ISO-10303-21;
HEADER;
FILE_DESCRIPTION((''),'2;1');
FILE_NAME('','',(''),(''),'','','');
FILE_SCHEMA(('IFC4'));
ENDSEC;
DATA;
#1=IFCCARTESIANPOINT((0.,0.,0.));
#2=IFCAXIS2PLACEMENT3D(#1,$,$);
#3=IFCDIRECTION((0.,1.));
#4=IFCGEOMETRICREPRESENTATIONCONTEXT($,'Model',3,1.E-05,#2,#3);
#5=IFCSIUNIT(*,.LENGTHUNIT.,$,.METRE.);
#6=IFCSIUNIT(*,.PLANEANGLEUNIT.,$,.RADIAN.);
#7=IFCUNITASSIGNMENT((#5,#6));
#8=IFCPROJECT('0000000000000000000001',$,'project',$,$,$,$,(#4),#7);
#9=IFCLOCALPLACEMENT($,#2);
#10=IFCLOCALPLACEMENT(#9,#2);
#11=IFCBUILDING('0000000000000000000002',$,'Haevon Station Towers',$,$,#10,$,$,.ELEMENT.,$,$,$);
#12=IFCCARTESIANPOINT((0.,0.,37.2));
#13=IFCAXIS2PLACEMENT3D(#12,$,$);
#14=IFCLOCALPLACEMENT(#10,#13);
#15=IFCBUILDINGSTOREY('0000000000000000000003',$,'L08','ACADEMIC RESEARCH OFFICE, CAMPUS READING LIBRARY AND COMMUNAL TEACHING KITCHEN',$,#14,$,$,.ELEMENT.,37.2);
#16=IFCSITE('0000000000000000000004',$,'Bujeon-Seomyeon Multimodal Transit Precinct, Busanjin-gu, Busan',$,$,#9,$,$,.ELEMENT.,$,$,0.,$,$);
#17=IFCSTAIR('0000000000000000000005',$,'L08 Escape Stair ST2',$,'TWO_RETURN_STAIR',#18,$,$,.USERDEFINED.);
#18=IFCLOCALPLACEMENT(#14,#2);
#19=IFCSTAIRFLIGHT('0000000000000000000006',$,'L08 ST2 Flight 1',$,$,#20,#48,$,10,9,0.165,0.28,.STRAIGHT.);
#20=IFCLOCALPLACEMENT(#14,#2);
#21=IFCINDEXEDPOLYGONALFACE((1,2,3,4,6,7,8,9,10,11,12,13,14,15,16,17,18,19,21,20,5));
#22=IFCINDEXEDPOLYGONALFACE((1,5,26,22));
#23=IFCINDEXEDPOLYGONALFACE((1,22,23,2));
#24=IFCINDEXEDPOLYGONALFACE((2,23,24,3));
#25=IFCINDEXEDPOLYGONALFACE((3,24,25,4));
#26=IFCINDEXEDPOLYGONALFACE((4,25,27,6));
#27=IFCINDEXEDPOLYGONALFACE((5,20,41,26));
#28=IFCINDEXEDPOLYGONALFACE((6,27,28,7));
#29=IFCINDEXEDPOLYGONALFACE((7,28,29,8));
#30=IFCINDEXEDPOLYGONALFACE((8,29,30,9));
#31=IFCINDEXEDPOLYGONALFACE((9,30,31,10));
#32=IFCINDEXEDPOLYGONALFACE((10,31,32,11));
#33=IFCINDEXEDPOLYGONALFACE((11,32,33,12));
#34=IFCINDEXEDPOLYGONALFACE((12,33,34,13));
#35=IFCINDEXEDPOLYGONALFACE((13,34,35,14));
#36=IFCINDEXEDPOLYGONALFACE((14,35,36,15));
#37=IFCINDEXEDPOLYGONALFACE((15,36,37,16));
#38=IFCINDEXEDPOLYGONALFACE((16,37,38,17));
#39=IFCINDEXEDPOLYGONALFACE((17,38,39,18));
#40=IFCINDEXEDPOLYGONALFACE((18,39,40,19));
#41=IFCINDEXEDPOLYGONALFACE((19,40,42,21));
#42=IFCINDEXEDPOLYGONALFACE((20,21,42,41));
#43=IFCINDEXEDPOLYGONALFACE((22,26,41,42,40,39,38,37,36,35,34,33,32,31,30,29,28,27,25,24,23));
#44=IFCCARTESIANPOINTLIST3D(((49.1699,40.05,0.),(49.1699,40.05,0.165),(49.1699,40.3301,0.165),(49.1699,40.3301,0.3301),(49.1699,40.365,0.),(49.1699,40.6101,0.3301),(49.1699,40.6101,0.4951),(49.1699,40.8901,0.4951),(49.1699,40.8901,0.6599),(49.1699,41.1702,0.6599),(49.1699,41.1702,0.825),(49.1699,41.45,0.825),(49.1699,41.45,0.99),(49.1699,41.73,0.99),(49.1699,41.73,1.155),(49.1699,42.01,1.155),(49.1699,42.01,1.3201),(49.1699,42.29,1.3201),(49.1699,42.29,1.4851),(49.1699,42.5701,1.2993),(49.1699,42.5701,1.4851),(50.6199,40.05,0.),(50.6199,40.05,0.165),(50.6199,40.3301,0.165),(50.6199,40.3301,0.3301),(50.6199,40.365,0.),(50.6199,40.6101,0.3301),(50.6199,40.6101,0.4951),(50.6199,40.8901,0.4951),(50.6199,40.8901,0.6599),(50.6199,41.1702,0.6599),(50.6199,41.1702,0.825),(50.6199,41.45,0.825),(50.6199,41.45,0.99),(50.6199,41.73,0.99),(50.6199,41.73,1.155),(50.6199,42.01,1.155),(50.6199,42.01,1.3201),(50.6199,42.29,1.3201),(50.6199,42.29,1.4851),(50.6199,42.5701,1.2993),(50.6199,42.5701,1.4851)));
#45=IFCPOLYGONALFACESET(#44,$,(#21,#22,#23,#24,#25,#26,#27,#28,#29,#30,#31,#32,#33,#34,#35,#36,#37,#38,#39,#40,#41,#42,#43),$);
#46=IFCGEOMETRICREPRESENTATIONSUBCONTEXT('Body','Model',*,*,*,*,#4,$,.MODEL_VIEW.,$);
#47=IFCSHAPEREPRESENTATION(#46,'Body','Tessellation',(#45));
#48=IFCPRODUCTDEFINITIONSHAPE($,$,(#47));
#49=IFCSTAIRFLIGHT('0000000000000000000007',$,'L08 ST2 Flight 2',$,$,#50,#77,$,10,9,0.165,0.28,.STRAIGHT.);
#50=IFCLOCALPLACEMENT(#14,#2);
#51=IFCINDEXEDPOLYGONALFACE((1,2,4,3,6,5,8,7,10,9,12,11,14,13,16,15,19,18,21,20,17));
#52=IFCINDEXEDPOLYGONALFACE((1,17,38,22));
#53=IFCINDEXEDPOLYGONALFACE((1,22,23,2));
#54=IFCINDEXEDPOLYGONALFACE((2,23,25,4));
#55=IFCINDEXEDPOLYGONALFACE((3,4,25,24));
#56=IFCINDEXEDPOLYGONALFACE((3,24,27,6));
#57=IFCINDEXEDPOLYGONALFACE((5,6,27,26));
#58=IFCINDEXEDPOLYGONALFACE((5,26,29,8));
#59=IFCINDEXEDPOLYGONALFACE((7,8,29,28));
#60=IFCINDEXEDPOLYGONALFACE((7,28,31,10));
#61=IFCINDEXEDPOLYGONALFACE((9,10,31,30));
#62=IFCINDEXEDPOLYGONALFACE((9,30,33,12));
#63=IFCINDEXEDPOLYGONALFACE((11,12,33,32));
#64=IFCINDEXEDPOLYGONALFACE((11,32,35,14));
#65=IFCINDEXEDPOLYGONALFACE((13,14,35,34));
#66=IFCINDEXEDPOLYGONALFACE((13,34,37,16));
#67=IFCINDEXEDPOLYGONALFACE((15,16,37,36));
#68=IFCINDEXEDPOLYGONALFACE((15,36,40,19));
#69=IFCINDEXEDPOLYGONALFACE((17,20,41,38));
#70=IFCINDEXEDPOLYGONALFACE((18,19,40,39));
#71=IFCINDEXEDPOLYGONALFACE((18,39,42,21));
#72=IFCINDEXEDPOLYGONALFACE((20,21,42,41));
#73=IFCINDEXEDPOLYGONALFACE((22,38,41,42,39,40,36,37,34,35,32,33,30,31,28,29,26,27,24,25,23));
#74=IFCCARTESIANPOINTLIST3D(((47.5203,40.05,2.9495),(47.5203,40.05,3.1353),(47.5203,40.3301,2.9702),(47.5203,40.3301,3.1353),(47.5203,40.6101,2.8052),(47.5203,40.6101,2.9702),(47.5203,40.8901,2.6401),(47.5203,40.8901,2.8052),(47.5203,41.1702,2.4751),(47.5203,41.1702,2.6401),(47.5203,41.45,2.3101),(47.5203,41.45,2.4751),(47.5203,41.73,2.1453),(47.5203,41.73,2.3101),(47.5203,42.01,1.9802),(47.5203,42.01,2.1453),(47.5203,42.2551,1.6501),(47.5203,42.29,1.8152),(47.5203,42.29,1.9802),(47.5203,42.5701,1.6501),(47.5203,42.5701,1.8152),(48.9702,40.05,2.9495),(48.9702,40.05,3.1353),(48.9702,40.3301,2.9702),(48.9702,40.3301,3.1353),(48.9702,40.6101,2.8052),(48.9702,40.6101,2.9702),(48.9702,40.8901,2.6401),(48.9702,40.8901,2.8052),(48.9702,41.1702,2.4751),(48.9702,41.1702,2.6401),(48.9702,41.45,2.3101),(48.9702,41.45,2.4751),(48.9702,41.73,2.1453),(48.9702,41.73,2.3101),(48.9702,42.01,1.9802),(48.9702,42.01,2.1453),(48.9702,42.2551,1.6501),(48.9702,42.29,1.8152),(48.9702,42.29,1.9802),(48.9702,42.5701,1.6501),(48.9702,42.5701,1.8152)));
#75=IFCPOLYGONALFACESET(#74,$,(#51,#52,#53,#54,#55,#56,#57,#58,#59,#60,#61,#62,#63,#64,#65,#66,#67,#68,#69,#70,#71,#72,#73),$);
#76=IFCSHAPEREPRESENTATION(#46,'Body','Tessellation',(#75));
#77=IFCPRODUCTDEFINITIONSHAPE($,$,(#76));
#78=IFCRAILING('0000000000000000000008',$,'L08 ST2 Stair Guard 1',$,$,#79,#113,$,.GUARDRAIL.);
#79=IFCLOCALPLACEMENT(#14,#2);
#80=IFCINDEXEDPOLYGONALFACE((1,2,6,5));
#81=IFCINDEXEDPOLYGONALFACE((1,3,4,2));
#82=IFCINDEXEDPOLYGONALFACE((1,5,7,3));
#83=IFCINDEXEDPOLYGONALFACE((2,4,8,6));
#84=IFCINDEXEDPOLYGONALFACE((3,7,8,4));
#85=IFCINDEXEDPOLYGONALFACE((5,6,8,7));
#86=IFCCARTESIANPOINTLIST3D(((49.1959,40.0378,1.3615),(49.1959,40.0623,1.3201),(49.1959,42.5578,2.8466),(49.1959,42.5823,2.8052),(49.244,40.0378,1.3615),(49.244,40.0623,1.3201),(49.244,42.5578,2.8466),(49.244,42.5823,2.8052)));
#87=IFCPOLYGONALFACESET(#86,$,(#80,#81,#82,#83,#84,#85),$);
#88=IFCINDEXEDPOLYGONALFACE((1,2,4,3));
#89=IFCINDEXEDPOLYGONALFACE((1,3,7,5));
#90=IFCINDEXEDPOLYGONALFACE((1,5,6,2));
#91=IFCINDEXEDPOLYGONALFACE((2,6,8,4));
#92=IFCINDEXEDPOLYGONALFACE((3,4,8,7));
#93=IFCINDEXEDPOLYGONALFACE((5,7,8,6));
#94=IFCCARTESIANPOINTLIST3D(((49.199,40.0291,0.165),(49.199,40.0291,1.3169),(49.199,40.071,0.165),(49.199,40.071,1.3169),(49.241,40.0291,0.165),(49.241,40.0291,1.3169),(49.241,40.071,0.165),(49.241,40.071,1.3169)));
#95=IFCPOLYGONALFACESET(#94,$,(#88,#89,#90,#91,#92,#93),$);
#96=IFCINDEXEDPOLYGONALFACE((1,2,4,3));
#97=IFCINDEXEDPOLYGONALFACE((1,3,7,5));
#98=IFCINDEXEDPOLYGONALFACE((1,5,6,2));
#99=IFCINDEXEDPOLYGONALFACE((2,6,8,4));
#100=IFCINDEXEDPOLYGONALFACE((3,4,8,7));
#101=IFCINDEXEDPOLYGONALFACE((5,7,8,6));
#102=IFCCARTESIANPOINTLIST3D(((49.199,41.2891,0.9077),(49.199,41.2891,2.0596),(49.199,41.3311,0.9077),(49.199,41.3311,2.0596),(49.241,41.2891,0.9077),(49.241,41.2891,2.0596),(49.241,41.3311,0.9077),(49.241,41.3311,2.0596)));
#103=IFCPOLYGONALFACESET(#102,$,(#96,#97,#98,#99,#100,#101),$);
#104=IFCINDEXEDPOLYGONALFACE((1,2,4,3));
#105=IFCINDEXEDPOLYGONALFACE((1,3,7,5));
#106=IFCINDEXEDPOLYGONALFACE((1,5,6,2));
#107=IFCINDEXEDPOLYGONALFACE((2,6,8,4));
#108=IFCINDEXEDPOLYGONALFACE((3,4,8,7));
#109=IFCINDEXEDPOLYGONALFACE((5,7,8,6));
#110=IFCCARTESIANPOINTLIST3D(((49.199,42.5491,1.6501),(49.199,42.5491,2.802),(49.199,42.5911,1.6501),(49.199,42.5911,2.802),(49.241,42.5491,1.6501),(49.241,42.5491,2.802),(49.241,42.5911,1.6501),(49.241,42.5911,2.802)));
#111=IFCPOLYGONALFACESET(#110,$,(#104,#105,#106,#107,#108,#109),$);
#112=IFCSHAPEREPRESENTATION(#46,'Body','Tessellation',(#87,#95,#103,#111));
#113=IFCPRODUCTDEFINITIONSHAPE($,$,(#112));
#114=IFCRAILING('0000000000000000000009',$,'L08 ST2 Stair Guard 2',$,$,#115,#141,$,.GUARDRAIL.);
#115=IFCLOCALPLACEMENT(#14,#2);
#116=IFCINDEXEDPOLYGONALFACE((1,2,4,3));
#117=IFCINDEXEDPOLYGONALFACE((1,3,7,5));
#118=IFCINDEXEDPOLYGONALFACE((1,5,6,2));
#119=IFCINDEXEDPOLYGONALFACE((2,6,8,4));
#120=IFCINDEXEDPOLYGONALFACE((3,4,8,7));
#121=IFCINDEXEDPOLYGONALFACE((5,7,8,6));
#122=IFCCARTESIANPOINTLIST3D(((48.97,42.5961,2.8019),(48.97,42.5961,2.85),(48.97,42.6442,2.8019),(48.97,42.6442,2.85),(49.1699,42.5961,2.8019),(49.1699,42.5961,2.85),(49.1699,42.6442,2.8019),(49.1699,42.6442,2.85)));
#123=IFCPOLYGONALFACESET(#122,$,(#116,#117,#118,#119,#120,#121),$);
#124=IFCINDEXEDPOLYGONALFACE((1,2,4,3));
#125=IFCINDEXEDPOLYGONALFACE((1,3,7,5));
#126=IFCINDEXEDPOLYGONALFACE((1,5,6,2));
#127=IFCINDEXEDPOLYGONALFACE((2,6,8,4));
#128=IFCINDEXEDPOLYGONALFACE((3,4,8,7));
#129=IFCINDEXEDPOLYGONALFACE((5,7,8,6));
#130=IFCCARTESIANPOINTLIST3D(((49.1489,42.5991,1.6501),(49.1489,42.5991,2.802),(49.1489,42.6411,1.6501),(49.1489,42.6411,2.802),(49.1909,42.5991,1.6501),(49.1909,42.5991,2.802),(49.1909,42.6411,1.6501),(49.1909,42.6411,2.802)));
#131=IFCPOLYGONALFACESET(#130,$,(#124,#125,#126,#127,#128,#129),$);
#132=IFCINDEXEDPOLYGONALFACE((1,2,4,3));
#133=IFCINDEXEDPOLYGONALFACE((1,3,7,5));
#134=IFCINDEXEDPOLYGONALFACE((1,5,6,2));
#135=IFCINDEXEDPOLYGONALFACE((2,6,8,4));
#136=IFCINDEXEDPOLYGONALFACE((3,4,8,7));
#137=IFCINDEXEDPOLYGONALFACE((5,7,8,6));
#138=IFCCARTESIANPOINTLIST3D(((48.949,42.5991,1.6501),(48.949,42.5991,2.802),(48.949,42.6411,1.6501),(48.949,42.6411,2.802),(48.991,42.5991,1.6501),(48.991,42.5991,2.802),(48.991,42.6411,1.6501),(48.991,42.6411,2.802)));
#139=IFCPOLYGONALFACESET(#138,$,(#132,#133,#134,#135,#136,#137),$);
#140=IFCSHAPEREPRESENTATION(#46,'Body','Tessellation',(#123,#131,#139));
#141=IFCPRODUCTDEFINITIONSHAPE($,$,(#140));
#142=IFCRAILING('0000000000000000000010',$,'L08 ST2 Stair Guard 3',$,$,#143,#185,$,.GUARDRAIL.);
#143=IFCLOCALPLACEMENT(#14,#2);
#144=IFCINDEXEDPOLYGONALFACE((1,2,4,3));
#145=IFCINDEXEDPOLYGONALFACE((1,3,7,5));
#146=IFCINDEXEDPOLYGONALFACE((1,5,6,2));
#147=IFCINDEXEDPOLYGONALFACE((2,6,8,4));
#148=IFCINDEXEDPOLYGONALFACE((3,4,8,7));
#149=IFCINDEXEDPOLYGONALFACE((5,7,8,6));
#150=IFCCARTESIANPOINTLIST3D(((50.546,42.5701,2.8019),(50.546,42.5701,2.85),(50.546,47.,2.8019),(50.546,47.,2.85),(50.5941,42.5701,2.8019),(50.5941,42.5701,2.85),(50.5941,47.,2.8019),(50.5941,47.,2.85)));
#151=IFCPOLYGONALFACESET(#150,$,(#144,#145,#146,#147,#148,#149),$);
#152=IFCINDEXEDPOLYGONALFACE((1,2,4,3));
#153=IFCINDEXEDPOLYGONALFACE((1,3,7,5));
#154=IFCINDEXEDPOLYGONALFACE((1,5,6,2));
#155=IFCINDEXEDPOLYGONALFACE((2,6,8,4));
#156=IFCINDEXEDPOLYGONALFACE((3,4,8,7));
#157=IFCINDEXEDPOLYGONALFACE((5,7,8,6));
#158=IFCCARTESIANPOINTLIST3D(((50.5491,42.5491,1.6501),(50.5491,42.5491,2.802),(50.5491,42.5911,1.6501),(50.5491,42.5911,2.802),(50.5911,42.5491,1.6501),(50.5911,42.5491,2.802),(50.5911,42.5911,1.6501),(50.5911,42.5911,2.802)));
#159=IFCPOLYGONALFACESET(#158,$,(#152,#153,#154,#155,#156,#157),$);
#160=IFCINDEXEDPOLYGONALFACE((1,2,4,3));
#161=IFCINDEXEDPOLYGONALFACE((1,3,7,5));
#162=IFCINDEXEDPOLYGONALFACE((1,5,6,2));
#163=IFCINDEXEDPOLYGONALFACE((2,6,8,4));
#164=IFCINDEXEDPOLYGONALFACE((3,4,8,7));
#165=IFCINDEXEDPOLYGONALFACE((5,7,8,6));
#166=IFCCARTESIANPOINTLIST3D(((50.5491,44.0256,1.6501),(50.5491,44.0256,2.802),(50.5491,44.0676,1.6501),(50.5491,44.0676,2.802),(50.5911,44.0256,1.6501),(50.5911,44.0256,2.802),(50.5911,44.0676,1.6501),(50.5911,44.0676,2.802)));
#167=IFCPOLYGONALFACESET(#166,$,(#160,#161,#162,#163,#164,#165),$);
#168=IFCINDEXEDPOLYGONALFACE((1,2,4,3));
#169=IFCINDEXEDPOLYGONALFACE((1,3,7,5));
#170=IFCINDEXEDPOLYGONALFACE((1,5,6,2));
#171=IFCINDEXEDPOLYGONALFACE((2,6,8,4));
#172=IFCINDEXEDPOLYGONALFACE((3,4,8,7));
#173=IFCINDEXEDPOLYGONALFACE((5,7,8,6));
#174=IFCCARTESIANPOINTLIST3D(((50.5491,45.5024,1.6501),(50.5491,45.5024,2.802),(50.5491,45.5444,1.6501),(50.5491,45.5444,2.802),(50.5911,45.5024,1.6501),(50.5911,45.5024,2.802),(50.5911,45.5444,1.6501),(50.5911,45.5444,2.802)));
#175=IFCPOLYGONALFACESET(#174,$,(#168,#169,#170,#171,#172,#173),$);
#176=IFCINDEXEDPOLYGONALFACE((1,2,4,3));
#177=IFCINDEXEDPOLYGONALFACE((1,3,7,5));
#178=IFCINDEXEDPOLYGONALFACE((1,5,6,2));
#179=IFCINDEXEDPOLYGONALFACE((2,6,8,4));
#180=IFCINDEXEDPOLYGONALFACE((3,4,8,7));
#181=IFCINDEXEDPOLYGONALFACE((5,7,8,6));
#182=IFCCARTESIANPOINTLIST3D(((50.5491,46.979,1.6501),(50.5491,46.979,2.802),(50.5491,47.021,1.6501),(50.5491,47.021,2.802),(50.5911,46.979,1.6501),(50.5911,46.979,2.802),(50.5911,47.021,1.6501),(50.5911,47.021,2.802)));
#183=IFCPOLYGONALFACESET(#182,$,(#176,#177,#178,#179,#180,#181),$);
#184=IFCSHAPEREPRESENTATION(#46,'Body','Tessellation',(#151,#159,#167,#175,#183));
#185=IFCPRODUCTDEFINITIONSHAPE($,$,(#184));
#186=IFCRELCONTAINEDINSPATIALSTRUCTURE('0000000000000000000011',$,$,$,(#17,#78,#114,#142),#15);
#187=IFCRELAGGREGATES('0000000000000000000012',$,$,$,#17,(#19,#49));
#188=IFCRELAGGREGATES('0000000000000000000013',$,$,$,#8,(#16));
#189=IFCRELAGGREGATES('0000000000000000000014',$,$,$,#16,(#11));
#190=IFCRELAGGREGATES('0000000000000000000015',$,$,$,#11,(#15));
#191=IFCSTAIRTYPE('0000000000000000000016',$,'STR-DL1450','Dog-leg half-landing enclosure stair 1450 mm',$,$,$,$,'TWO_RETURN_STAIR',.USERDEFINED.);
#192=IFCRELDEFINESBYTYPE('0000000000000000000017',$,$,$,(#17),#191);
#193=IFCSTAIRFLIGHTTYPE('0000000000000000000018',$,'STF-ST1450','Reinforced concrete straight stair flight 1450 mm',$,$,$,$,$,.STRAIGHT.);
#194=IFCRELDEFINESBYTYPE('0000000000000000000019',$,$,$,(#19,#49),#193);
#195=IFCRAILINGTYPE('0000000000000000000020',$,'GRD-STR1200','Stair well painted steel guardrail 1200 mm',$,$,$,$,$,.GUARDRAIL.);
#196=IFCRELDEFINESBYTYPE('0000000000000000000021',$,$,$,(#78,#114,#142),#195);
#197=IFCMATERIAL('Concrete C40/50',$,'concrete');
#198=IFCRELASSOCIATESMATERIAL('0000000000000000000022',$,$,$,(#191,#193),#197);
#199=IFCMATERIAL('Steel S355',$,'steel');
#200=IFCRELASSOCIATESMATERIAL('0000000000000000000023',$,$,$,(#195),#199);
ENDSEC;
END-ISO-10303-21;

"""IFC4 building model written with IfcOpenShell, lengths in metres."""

from ifc_helpers import new_model, si_unit, direction, frame, origin, origin_2d, place, context, subcontext, project, spatial, polyline, rectangle, outline, extrude, material, type_object, element, aggregate, save


model = new_model("IFC4")

# Units and contexts
model_context = context("Model", 3, precision=1e-05, world=origin(), true_north=direction((0.0, 1.0)))
body_context = subcontext(model_context, "Body", "Model", "MODEL_VIEW")
ifc_project = project(units=[si_unit("LENGTHUNIT", "METRE"), si_unit("PLANEANGLEUNIT", "RADIAN")], contexts=[model_context])

# Site, building, storey
site_placement = place(None, origin())
site = spatial("IfcSite", under=ifc_project, at=site_placement, Name="Bujeon-Seomyeon Multimodal Transit Precinct, Busanjin-gu, Busan", CompositionType="ELEMENT", RefElevation=0.0)
building_placement = place(site_placement, origin())
building = spatial("IfcBuilding", under=site, at=building_placement, Name="Haevon Station Towers", CompositionType="ELEMENT")
storey_placement = place(building_placement, frame((0.0, 0.0, 37.2)))
storey = spatial("IfcBuildingStorey", under=building, at=storey_placement, Name="L08", Description="ACADEMIC RESEARCH OFFICE, CAMPUS READING LIBRARY AND COMMUNAL TEACHING KITCHEN", CompositionType="ELEMENT", Elevation=37.2)

# Shared definitions
ifc_material_1 = material(Name="Steel S355", Category="steel")

# Shared definitions
ifc_material_2 = material(Name="Concrete C40/50", Category="concrete")

# Stair, stair flights
stair_type = type_object("IfcStairType", Name="STR-DL1450", Description="Dog-leg half-landing enclosure stair 1450 mm", ElementType="TWO_RETURN_STAIR", PredefinedType="USERDEFINED", material=ifc_material_2)
stair_placement = place(storey_placement, origin())
stair = element("IfcStair", 1, at=stair_placement, inside=storey, type_object=stair_type, Name="L08 Escape Stair ST2", ObjectType="TWO_RETURN_STAIR", PredefinedType="USERDEFINED")
stair_flight_type = type_object("IfcStairFlightType", Name="STF-ST1450", Description="Reinforced concrete straight stair flight 1450 mm", PredefinedType="STRAIGHT", material=ifc_material_2)
stair_flight_1_placement = place(storey_placement, frame((49.895, 40.05, 0.0), z_axis=(0.0, 0.0, 1.0), x_axis=(0.0, 1.0, 0.0)))
stair_flight_1 = element("IfcStairFlight", 2, at=stair_flight_1_placement, type_object=stair_flight_type, Name="L08 ST2 Flight 1", NumberOfRisers=10, NumberOfTreads=9, PredefinedType="STRAIGHT", RiserHeight=0.165, TreadLength=0.28, context=body_context, shape_type="SweptSolid", body=[
    extrude(outline(polyline([(0.0, 0.0), (0.0, 0.165), (0.28, 0.165), (0.28, 0.3301), (0.5601, 0.3301), (0.5601, 0.4951), (0.8401, 0.4951), (0.8401, 0.6599), (1.1201, 0.6599), (1.1201, 0.825), (1.3999, 0.825), (1.3999, 0.99), (1.6799, 0.99), (1.6799, 1.155), (1.96, 1.155), (1.96, 1.3201), (2.24, 1.3201), (2.24, 1.4851), (2.52, 1.4851), (2.52, 1.6499), (2.52, 1.2993), (0.3149, 0.0), (0.0, 0.0)])), frame((0.0, 0.7251, 0.0), z_axis=(0.0, -1.0, 0.0), x_axis=(1.0, 0.0, 0.0)), (0.0, 0.0, 1.0), 1.45),
])
stair_flight_2_placement = place(storey_placement, frame((48.2451, 42.5701, 1.6501), z_axis=(0.0, 0.0, 1.0), x_axis=(0.0, -1.0, 0.0)))
stair_flight_2 = element("IfcStairFlight", 3, at=stair_flight_2_placement, type_object=stair_flight_type, Name="L08 ST2 Flight 2", NumberOfRisers=10, NumberOfTreads=9, PredefinedType="STRAIGHT", RiserHeight=0.165, TreadLength=0.28, context=body_context, shape_type="SweptSolid", body=[
    extrude(outline(polyline([(0.0, 0.0), (0.0, 0.165), (0.28, 0.165), (0.28, 0.3301), (0.5601, 0.3301), (0.5601, 0.4951), (0.8401, 0.4951), (0.8401, 0.6599), (1.1201, 0.6599), (1.1201, 0.825), (1.3999, 0.825), (1.3999, 0.99), (1.6799, 0.99), (1.6799, 1.155), (1.96, 1.155), (1.96, 1.3201), (2.24, 1.3201), (2.24, 1.4851), (2.52, 1.4851), (2.52, 1.6499), (2.52, 1.2993), (0.3149, 0.0), (0.0, 0.0)])), frame((0.0, 0.7251, 0.0), z_axis=(0.0, -1.0, 0.0), x_axis=(1.0, 0.0, 0.0)), (0.0, 0.0, 1.0), 1.45),
])
aggregate(stair, [stair_flight_1, stair_flight_2])

# Railings
railing_type_1 = type_object("IfcRailingType", Name="GRD-STR1200", Description="Stair well painted steel guardrail 1200 mm", PredefinedType="GUARDRAIL", material=ifc_material_1)
railing_1_placement = place(storey_placement, frame((49.22, 40.05, 0.165)))
element("IfcRailing", 4, at=railing_1_placement, inside=storey, type_object=railing_type_1, Name="L08 ST2 Stair Guard 1", PredefinedType="GUARDRAIL", context=body_context, shape_type="SweptSolid", body=[
    extrude(rectangle(XDim=0.0481, YDim=0.0481, at=origin_2d()), frame((0.0, 0.0, 1.1758), z_axis=(0.0, 0.861524, 0.507717), x_axis=(-1.0, 0.0, 0.0)), (0.0, 0.0, 1.0), 2.925),
    extrude(rectangle(XDim=0.042, YDim=0.042, at=origin_2d()), origin(), (0.0, 0.0, 1.0), 1.1519),
    extrude(rectangle(XDim=0.042, YDim=0.042, at=origin_2d()), frame((0.0, 1.26, 0.7427)), (0.0, 0.0, 1.0), 1.1519),
    extrude(rectangle(XDim=0.042, YDim=0.042, at=origin_2d()), frame((0.0, 2.52, 1.4851)), (0.0, 0.0, 1.0), 1.1519),
])
railing_2_placement = place(storey_placement, frame((49.1699, 42.6201, 1.6501)))
element("IfcRailing", 5, at=railing_2_placement, inside=storey, type_object=railing_type_1, Name="L08 ST2 Stair Guard 2", PredefinedType="GUARDRAIL", context=body_context, shape_type="SweptSolid", body=[
    extrude(rectangle(XDim=0.0481, YDim=0.0481, at=origin_2d()), frame((0.0, 0.0, 1.1758), z_axis=(-1.0, 0.0, 0.0), x_axis=(0.0, -1.0, 0.0)), (0.0, 0.0, 1.0), 0.2),
    extrude(rectangle(XDim=0.042, YDim=0.042, at=origin_2d()), origin(), (0.0, 0.0, 1.0), 1.1519),
    extrude(rectangle(XDim=0.042, YDim=0.042, at=origin_2d()), frame((-0.2, 0.0, 0.0)), (0.0, 0.0, 1.0), 1.1519),
])
for number, where, name in (
    (6, (50.5701, 42.5701, 1.6501), "L08 ST2 Stair Guard 3"),
):
    element("IfcRailing", number, at=place(storey_placement, frame(where)), inside=storey, type_object=railing_type_1, Name=name, PredefinedType="GUARDRAIL", context=body_context, shape_type="SweptSolid", body=[
        extrude(rectangle(XDim=0.0481, YDim=0.0481, at=origin_2d()), frame((0.0, 0.0, 1.1758), z_axis=(0.0, 1.0, 0.0), x_axis=(-1.0, 0.0, 0.0)), (0.0, 0.0, 1.0), 4.4299),
        extrude(rectangle(XDim=0.042, YDim=0.042, at=origin_2d()), origin(), (0.0, 0.0, 1.0), 1.1519),
        extrude(rectangle(XDim=0.042, YDim=0.042, at=origin_2d()), frame((0.0, 1.4766, 0.0)), (0.0, 0.0, 1.0), 1.1519),
        extrude(rectangle(XDim=0.042, YDim=0.042, at=origin_2d()), frame((0.0, 2.9534, 0.0)), (0.0, 0.0, 1.0), 1.1519),
        extrude(rectangle(XDim=0.042, YDim=0.042, at=origin_2d()), frame((0.0, 4.4299, 0.0)), (0.0, 0.0, 1.0), 1.1519),
    ])

save(model, "model.ifc")
